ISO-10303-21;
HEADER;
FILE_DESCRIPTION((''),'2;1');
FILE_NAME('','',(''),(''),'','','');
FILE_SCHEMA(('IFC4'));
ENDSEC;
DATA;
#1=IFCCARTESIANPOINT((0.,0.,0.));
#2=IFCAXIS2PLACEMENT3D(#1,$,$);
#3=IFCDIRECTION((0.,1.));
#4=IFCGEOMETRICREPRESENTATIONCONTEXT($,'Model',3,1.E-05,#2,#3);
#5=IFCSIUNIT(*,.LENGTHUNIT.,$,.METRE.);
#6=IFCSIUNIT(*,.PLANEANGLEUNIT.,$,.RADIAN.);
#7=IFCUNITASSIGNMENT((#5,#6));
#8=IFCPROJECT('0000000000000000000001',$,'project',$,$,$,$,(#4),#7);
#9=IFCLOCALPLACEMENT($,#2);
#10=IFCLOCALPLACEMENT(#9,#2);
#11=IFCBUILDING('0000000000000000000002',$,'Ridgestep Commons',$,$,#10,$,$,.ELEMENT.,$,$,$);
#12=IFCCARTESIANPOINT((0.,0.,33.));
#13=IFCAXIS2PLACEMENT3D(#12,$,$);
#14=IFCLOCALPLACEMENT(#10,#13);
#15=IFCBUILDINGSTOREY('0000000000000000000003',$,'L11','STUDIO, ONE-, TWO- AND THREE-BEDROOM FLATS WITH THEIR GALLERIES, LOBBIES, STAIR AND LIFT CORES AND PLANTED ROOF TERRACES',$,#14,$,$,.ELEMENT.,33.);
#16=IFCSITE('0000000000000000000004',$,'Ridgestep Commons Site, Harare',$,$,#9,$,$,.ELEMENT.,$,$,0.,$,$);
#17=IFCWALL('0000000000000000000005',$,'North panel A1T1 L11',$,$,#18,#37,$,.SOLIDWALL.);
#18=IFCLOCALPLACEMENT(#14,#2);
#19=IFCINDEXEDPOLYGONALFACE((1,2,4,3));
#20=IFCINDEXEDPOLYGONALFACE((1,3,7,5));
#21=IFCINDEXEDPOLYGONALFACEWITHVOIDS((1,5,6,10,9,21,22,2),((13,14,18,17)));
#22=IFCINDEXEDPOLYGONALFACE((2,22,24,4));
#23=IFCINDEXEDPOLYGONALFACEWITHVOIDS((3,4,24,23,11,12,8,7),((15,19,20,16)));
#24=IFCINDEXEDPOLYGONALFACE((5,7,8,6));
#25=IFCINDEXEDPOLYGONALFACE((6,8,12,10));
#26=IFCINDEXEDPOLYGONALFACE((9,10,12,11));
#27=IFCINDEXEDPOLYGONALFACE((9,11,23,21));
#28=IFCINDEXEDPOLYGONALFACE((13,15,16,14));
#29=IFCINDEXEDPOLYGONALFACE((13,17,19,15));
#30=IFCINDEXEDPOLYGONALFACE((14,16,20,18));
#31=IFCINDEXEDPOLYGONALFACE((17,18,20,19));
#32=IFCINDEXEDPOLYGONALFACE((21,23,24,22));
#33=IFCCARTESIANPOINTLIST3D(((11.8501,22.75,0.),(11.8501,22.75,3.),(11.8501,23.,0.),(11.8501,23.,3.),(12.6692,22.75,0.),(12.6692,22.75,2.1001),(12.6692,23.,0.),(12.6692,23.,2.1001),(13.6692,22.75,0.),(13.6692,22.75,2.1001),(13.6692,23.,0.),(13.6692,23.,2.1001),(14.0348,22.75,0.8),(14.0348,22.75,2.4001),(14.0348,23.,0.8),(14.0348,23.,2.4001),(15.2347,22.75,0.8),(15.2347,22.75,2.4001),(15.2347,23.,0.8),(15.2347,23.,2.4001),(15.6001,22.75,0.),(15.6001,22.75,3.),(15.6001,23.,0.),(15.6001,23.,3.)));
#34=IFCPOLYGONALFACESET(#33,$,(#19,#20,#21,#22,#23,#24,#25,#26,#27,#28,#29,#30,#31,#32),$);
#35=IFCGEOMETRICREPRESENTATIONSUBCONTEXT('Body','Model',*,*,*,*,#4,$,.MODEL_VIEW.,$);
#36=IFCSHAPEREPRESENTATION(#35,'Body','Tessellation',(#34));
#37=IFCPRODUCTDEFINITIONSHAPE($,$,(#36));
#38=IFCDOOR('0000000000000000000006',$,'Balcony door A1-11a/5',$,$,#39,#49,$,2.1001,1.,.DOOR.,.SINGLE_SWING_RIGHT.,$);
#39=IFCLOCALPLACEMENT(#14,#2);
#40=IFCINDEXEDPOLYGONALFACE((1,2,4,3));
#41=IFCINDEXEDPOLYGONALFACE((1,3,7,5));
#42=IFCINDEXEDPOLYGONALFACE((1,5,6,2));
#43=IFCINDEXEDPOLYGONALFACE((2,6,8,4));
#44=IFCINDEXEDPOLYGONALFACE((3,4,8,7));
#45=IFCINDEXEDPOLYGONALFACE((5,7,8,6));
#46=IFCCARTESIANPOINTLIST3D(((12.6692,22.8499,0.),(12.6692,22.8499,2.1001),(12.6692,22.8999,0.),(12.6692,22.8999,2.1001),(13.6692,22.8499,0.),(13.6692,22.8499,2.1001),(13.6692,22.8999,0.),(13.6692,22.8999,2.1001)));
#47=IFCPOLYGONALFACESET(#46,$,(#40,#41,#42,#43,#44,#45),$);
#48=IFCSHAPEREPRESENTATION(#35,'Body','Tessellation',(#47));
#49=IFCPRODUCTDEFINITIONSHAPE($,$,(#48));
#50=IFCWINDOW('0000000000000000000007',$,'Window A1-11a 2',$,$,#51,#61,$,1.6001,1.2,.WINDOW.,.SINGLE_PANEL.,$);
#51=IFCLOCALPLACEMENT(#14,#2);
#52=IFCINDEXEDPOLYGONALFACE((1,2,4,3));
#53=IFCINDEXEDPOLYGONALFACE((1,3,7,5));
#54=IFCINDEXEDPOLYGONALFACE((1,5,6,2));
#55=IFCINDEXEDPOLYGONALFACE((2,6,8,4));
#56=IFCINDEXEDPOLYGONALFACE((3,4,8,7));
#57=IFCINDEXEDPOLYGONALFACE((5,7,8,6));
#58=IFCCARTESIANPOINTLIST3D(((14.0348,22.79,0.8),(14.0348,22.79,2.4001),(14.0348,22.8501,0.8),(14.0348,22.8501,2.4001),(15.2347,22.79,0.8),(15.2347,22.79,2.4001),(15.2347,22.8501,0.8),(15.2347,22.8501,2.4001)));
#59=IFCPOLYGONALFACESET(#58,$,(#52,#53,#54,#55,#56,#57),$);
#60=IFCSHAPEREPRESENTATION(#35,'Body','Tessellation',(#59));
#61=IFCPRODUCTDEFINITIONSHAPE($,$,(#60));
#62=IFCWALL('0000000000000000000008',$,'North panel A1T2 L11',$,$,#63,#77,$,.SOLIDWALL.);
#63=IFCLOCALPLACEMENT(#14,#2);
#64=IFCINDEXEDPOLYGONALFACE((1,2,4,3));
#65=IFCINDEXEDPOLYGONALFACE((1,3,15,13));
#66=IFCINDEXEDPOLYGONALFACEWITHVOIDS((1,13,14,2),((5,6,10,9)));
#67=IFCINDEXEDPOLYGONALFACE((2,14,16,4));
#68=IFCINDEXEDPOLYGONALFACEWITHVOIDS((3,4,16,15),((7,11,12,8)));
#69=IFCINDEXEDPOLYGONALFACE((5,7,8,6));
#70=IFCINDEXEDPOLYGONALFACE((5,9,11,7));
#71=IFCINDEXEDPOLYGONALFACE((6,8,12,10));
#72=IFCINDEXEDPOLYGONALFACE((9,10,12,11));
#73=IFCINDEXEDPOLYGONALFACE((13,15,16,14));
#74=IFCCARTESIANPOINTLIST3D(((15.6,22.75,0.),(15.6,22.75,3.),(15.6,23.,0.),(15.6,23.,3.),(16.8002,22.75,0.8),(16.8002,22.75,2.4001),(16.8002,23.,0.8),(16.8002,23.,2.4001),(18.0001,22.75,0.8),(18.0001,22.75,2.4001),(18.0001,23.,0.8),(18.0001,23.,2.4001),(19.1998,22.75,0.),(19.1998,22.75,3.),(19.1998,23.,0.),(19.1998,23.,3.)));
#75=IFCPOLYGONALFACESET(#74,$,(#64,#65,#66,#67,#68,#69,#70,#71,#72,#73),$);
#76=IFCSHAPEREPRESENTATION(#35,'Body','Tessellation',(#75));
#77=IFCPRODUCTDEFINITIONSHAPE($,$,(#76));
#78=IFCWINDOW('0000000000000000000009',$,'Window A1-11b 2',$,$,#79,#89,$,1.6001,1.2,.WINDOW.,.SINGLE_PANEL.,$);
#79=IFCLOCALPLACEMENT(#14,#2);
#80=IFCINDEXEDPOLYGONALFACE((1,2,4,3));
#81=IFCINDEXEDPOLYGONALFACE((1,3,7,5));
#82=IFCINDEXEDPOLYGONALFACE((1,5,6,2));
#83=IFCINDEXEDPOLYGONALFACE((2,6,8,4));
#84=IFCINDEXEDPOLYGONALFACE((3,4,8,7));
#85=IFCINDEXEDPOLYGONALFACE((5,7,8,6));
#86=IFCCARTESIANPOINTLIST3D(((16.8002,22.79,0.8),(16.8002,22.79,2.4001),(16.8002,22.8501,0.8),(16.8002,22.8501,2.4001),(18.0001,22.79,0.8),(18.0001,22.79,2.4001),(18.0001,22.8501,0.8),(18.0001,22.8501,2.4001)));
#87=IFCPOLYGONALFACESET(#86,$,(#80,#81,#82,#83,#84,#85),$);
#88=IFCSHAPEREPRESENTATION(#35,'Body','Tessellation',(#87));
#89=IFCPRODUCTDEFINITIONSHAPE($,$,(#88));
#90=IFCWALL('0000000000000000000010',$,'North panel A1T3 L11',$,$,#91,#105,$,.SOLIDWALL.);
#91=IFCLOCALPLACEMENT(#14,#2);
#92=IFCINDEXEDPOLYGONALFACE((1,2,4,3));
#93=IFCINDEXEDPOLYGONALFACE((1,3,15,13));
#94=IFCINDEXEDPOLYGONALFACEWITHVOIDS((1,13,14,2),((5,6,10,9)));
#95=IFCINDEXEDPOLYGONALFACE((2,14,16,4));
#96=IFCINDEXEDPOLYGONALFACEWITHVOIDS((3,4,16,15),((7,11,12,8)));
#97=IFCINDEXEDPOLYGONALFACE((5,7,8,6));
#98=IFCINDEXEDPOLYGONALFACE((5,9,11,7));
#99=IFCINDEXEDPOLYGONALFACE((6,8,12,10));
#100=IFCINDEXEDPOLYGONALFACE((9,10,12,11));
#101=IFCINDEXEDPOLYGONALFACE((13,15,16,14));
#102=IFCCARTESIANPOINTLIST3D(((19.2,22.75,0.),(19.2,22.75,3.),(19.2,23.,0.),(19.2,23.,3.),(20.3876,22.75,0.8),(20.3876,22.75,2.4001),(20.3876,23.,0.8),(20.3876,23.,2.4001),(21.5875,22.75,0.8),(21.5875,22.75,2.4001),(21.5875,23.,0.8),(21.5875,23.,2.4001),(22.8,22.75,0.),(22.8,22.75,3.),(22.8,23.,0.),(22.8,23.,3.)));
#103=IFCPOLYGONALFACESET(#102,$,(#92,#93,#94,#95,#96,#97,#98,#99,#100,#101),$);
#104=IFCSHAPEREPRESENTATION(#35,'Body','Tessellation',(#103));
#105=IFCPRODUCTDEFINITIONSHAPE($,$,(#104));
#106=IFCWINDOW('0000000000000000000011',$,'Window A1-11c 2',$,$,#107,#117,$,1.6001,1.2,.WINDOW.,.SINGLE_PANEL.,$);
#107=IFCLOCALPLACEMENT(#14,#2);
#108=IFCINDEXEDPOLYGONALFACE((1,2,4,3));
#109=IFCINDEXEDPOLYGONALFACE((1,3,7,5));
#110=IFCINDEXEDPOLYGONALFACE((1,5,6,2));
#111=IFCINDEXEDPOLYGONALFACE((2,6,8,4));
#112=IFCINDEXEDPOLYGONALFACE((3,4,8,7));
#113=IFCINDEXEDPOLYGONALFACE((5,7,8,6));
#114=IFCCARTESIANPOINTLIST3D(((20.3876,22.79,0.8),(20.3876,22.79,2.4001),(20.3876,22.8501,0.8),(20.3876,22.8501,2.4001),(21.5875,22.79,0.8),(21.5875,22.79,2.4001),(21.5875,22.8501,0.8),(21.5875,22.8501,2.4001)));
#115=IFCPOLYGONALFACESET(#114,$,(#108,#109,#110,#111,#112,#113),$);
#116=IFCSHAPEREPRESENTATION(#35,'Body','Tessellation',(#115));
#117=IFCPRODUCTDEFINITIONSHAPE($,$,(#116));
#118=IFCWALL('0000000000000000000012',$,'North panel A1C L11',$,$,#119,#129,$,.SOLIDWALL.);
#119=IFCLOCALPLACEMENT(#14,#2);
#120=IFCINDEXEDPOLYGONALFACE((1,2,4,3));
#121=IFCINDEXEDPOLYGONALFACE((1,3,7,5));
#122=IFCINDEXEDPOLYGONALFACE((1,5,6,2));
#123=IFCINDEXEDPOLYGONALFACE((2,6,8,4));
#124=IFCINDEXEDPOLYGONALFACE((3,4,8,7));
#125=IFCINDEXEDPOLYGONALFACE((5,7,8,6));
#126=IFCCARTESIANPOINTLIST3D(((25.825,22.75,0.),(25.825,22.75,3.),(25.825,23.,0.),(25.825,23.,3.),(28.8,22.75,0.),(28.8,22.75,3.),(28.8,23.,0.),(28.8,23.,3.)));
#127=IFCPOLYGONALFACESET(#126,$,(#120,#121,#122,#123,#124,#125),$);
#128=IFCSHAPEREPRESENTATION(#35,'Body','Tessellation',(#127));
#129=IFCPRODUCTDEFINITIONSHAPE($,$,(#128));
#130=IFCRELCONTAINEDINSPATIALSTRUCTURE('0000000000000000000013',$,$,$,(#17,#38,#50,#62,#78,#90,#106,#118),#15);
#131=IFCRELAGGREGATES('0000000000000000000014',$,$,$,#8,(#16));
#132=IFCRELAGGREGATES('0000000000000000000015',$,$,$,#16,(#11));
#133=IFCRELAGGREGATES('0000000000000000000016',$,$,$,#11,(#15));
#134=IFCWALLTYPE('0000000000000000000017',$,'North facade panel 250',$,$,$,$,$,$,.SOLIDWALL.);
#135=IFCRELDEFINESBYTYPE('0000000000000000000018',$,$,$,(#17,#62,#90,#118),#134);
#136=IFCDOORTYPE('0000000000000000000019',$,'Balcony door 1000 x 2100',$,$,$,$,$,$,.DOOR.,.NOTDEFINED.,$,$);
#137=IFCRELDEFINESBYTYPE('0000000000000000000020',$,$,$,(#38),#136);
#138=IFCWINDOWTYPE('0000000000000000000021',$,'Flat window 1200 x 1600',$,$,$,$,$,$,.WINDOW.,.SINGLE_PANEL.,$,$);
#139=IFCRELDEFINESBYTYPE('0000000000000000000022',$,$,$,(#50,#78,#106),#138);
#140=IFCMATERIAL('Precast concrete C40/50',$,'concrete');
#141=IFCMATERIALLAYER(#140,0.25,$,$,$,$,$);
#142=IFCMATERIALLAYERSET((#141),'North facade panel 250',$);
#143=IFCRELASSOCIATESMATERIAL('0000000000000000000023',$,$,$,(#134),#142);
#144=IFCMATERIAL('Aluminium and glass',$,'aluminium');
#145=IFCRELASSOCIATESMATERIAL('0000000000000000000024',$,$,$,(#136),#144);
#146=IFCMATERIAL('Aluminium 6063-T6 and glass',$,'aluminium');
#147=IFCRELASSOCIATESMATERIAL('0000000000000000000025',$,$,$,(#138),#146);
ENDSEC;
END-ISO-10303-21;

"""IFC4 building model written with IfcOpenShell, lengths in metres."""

from ifc_helpers import new_model, si_unit, direction, frame, frame_2d, origin, place, context, subcontext, project, spatial, rectangle, extrude, material, layer, layer_set, type_object, element, fill, save


model = new_model("IFC4")

# Units and contexts
model_context = context("Model", 3, precision=1e-05, world=origin(), true_north=direction((0.0, 1.0)))
body_context = subcontext(model_context, "Body", "Model", "MODEL_VIEW")
ifc_project = project(units=[si_unit("LENGTHUNIT", "METRE"), si_unit("PLANEANGLEUNIT", "RADIAN")], contexts=[model_context])

# Site, building, storey
site_placement = place(None, origin())
site = spatial("IfcSite", under=ifc_project, at=site_placement, Name="Ridgestep Commons Site, Harare", CompositionType="ELEMENT", RefElevation=0.0)
building_placement = place(site_placement, origin())
building = spatial("IfcBuilding", under=site, at=building_placement, Name="Ridgestep Commons", CompositionType="ELEMENT")
storey_placement = place(building_placement, frame((0.0, 0.0, 33.0)))
storey = spatial("IfcBuildingStorey", under=building, at=storey_placement, Name="L11", Description="STUDIO, ONE-, TWO- AND THREE-BEDROOM FLATS WITH THEIR GALLERIES, LOBBIES, STAIR AND LIFT CORES AND PLANTED ROOF TERRACES", CompositionType="ELEMENT", Elevation=33.0)

# Wall, openings, door, window
ifc_material_1 = material(Name="Precast concrete C40/50", Category="concrete")
ifc_layer_1 = layer(ifc_material_1, 0.25)
ifc_layer_set_1 = layer_set([ifc_layer_1], Name="North facade panel 250")
wall_type = type_object("IfcWallType", Name="North facade panel 250", PredefinedType="SOLIDWALL", material=ifc_layer_set_1)
wall_1_placement = place(storey_placement, frame((11.8501, 22.875, 0.0), z_axis=(0.0, 0.0, 1.0), x_axis=(1.0, 0.0, 0.0)))
wall_1 = element("IfcWall", 1, at=wall_1_placement, inside=storey, type_object=wall_type, Name="North panel A1T1 L11", PredefinedType="SOLIDWALL", context=body_context, shape_type="SweptSolid", body=[
    extrude(rectangle(XDim=3.75, YDim=0.25, at=frame_2d((1.875, 0.0))), origin(), (0.0, 0.0, 1.0), 3.0),
])
opening_1_placement = place(wall_1_placement, frame((2.1846, 0.0, 0.8)))
opening_1 = element("IfcOpeningElement", 2, at=opening_1_placement, cuts=wall_1, PredefinedType="OPENING", context=body_context, shape_type="SweptSolid", body=[
    extrude(rectangle(XDim=1.2, YDim=1.6001, at=frame_2d((0.6001, 0.8))), frame((0.0, 0.135, 0.0), z_axis=(0.0, -1.0, 0.0), x_axis=(1.0, 0.0, 0.0)), (0.0, 0.0, 1.0), 0.27),
])
opening_2_placement = place(wall_1_placement, frame((0.8191, 0.0, 0.0)))
opening_2 = element("IfcOpeningElement", 3, at=opening_2_placement, cuts=wall_1, PredefinedType="OPENING", context=body_context, shape_type="SweptSolid", body=[
    extrude(rectangle(XDim=1.0, YDim=2.1001, at=frame_2d((0.5, 1.05))), frame((0.0, 0.135, 0.0), z_axis=(0.0, -1.0, 0.0), x_axis=(1.0, 0.0, 0.0)), (0.0, 0.0, 1.0), 0.27),
])
ifc_material_2 = material(Name="Aluminium and glass", Category="aluminium")
door_type = type_object("IfcDoorType", Name="Balcony door 1000 x 2100", OperationType="NOTDEFINED", PredefinedType="DOOR", material=ifc_material_2)
door_placement = place(opening_2_placement, origin())
door = element("IfcDoor", 4, at=door_placement, inside=storey, type_object=door_type, Name="Balcony door A1-11a/5", OperationType="SINGLE_SWING_RIGHT", OverallHeight=2.1001, OverallWidth=1.0, PredefinedType="DOOR", context=body_context, shape_type="SweptSolid", body=[
    extrude(rectangle(XDim=1.0, YDim=2.1001, at=frame_2d((0.5, 1.05))), frame((0.0, 0.0249, 0.0), z_axis=(0.0, -1.0, 0.0), x_axis=(1.0, 0.0, 0.0)), (0.0, 0.0, 1.0), 0.05),
])
fill(opening_2, door)
ifc_material_3 = material(Name="Aluminium 6063-T6 and glass", Category="aluminium")
window_type = type_object("IfcWindowType", Name="Flat window 1200 x 1600", PartitioningType="SINGLE_PANEL", PredefinedType="WINDOW", material=ifc_material_3)
window_1_placement = place(opening_1_placement, origin())
window_1 = element("IfcWindow", 5, at=window_1_placement, inside=storey, type_object=window_type, Name="Window A1-11a 2", OverallHeight=1.6001, OverallWidth=1.2, PartitioningType="SINGLE_PANEL", PredefinedType="WINDOW", context=body_context, shape_type="SweptSolid", body=[
    extrude(rectangle(XDim=1.2, YDim=1.6001, at=frame_2d((0.6001, 0.8))), frame((0.0, -0.0249, 0.0), z_axis=(0.0, -1.0, 0.0), x_axis=(1.0, 0.0, 0.0)), (0.0, 0.0, 1.0), 0.0601),
])
fill(opening_1, window_1)

# Walls, openings, windows
wall_2_placement = place(storey_placement, frame((15.6001, 22.875, 0.0), z_axis=(0.0, 0.0, 1.0), x_axis=(1.0, 0.0, 0.0)))
wall_2 = element("IfcWall", 6, at=wall_2_placement, inside=storey, type_object=wall_type, Name="North panel A1T2 L11", PredefinedType="SOLIDWALL", context=body_context, shape_type="SweptSolid", body=[
    extrude(rectangle(XDim=3.5999, YDim=0.25, at=frame_2d((1.7998, 0.0))), origin(), (0.0, 0.0, 1.0), 3.0),
])
opening_3_placement = place(wall_2_placement, frame((1.2, 0.0, 0.8)))
opening_3 = element("IfcOpeningElement", 7, at=opening_3_placement, cuts=wall_2, PredefinedType="OPENING", context=body_context, shape_type="SweptSolid", body=[
    extrude(rectangle(XDim=1.2, YDim=1.6001, at=frame_2d((0.6001, 0.8))), frame((0.0, 0.135, 0.0), z_axis=(0.0, -1.0, 0.0), x_axis=(1.0, 0.0, 0.0)), (0.0, 0.0, 1.0), 0.27),
])
window_2_placement = place(opening_3_placement, origin())
window_2 = element("IfcWindow", 8, at=window_2_placement, inside=storey, type_object=window_type, Name="Window A1-11b 2", OverallHeight=1.6001, OverallWidth=1.2, PartitioningType="SINGLE_PANEL", PredefinedType="WINDOW", context=body_context, shape_type="SweptSolid", body=[
    extrude(rectangle(XDim=1.2, YDim=1.6001, at=frame_2d((0.6001, 0.8))), frame((0.0, -0.0249, 0.0), z_axis=(0.0, -1.0, 0.0), x_axis=(1.0, 0.0, 0.0)), (0.0, 0.0, 1.0), 0.0601),
])
fill(opening_3, window_2)
wall_3_placement = place(storey_placement, frame((19.2, 22.875, 0.0), z_axis=(0.0, 0.0, 1.0), x_axis=(1.0, 0.0, 0.0)))
wall_3 = element("IfcWall", 9, at=wall_3_placement, inside=storey, type_object=wall_type, Name="North panel A1T3 L11", PredefinedType="SOLIDWALL", context=body_context, shape_type="SweptSolid", body=[
    extrude(rectangle(XDim=3.6001, YDim=0.25, at=frame_2d((1.8, 0.0))), origin(), (0.0, 0.0, 1.0), 3.0),
])
opening_4_placement = place(wall_3_placement, frame((1.1875, 0.0, 0.8)))
opening_4 = element("IfcOpeningElement", 10, at=opening_4_placement, cuts=wall_3, PredefinedType="OPENING", context=body_context, shape_type="SweptSolid", body=[
    extrude(rectangle(XDim=1.2, YDim=1.6001, at=frame_2d((0.6001, 0.8))), frame((0.0, 0.135, 0.0), z_axis=(0.0, -1.0, 0.0), x_axis=(1.0, 0.0, 0.0)), (0.0, 0.0, 1.0), 0.27),
])
window_3_placement = place(opening_4_placement, origin())
window_3 = element("IfcWindow", 11, at=window_3_placement, inside=storey, type_object=window_type, Name="Window A1-11c 2", OverallHeight=1.6001, OverallWidth=1.2, PartitioningType="SINGLE_PANEL", PredefinedType="WINDOW", context=body_context, shape_type="SweptSolid", body=[
    extrude(rectangle(XDim=1.2, YDim=1.6001, at=frame_2d((0.6001, 0.8))), frame((0.0, -0.0249, 0.0), z_axis=(0.0, -1.0, 0.0), x_axis=(1.0, 0.0, 0.0)), (0.0, 0.0, 1.0), 0.0601),
])
fill(opening_4, window_3)

# Wall
wall_4_placement = place(storey_placement, frame((25.825, 22.875, 0.0), z_axis=(0.0, 0.0, 1.0), x_axis=(1.0, 0.0, 0.0)))
element("IfcWall", 12, at=wall_4_placement, inside=storey, type_object=wall_type, Name="North panel A1C L11", PredefinedType="SOLIDWALL", context=body_context, shape_type="SweptSolid", body=[
    extrude(rectangle(XDim=2.9751, YDim=0.25, at=frame_2d((1.4875, 0.0))), origin(), (0.0, 0.0, 1.0), 3.0),
])

save(model, "model.ifc")
